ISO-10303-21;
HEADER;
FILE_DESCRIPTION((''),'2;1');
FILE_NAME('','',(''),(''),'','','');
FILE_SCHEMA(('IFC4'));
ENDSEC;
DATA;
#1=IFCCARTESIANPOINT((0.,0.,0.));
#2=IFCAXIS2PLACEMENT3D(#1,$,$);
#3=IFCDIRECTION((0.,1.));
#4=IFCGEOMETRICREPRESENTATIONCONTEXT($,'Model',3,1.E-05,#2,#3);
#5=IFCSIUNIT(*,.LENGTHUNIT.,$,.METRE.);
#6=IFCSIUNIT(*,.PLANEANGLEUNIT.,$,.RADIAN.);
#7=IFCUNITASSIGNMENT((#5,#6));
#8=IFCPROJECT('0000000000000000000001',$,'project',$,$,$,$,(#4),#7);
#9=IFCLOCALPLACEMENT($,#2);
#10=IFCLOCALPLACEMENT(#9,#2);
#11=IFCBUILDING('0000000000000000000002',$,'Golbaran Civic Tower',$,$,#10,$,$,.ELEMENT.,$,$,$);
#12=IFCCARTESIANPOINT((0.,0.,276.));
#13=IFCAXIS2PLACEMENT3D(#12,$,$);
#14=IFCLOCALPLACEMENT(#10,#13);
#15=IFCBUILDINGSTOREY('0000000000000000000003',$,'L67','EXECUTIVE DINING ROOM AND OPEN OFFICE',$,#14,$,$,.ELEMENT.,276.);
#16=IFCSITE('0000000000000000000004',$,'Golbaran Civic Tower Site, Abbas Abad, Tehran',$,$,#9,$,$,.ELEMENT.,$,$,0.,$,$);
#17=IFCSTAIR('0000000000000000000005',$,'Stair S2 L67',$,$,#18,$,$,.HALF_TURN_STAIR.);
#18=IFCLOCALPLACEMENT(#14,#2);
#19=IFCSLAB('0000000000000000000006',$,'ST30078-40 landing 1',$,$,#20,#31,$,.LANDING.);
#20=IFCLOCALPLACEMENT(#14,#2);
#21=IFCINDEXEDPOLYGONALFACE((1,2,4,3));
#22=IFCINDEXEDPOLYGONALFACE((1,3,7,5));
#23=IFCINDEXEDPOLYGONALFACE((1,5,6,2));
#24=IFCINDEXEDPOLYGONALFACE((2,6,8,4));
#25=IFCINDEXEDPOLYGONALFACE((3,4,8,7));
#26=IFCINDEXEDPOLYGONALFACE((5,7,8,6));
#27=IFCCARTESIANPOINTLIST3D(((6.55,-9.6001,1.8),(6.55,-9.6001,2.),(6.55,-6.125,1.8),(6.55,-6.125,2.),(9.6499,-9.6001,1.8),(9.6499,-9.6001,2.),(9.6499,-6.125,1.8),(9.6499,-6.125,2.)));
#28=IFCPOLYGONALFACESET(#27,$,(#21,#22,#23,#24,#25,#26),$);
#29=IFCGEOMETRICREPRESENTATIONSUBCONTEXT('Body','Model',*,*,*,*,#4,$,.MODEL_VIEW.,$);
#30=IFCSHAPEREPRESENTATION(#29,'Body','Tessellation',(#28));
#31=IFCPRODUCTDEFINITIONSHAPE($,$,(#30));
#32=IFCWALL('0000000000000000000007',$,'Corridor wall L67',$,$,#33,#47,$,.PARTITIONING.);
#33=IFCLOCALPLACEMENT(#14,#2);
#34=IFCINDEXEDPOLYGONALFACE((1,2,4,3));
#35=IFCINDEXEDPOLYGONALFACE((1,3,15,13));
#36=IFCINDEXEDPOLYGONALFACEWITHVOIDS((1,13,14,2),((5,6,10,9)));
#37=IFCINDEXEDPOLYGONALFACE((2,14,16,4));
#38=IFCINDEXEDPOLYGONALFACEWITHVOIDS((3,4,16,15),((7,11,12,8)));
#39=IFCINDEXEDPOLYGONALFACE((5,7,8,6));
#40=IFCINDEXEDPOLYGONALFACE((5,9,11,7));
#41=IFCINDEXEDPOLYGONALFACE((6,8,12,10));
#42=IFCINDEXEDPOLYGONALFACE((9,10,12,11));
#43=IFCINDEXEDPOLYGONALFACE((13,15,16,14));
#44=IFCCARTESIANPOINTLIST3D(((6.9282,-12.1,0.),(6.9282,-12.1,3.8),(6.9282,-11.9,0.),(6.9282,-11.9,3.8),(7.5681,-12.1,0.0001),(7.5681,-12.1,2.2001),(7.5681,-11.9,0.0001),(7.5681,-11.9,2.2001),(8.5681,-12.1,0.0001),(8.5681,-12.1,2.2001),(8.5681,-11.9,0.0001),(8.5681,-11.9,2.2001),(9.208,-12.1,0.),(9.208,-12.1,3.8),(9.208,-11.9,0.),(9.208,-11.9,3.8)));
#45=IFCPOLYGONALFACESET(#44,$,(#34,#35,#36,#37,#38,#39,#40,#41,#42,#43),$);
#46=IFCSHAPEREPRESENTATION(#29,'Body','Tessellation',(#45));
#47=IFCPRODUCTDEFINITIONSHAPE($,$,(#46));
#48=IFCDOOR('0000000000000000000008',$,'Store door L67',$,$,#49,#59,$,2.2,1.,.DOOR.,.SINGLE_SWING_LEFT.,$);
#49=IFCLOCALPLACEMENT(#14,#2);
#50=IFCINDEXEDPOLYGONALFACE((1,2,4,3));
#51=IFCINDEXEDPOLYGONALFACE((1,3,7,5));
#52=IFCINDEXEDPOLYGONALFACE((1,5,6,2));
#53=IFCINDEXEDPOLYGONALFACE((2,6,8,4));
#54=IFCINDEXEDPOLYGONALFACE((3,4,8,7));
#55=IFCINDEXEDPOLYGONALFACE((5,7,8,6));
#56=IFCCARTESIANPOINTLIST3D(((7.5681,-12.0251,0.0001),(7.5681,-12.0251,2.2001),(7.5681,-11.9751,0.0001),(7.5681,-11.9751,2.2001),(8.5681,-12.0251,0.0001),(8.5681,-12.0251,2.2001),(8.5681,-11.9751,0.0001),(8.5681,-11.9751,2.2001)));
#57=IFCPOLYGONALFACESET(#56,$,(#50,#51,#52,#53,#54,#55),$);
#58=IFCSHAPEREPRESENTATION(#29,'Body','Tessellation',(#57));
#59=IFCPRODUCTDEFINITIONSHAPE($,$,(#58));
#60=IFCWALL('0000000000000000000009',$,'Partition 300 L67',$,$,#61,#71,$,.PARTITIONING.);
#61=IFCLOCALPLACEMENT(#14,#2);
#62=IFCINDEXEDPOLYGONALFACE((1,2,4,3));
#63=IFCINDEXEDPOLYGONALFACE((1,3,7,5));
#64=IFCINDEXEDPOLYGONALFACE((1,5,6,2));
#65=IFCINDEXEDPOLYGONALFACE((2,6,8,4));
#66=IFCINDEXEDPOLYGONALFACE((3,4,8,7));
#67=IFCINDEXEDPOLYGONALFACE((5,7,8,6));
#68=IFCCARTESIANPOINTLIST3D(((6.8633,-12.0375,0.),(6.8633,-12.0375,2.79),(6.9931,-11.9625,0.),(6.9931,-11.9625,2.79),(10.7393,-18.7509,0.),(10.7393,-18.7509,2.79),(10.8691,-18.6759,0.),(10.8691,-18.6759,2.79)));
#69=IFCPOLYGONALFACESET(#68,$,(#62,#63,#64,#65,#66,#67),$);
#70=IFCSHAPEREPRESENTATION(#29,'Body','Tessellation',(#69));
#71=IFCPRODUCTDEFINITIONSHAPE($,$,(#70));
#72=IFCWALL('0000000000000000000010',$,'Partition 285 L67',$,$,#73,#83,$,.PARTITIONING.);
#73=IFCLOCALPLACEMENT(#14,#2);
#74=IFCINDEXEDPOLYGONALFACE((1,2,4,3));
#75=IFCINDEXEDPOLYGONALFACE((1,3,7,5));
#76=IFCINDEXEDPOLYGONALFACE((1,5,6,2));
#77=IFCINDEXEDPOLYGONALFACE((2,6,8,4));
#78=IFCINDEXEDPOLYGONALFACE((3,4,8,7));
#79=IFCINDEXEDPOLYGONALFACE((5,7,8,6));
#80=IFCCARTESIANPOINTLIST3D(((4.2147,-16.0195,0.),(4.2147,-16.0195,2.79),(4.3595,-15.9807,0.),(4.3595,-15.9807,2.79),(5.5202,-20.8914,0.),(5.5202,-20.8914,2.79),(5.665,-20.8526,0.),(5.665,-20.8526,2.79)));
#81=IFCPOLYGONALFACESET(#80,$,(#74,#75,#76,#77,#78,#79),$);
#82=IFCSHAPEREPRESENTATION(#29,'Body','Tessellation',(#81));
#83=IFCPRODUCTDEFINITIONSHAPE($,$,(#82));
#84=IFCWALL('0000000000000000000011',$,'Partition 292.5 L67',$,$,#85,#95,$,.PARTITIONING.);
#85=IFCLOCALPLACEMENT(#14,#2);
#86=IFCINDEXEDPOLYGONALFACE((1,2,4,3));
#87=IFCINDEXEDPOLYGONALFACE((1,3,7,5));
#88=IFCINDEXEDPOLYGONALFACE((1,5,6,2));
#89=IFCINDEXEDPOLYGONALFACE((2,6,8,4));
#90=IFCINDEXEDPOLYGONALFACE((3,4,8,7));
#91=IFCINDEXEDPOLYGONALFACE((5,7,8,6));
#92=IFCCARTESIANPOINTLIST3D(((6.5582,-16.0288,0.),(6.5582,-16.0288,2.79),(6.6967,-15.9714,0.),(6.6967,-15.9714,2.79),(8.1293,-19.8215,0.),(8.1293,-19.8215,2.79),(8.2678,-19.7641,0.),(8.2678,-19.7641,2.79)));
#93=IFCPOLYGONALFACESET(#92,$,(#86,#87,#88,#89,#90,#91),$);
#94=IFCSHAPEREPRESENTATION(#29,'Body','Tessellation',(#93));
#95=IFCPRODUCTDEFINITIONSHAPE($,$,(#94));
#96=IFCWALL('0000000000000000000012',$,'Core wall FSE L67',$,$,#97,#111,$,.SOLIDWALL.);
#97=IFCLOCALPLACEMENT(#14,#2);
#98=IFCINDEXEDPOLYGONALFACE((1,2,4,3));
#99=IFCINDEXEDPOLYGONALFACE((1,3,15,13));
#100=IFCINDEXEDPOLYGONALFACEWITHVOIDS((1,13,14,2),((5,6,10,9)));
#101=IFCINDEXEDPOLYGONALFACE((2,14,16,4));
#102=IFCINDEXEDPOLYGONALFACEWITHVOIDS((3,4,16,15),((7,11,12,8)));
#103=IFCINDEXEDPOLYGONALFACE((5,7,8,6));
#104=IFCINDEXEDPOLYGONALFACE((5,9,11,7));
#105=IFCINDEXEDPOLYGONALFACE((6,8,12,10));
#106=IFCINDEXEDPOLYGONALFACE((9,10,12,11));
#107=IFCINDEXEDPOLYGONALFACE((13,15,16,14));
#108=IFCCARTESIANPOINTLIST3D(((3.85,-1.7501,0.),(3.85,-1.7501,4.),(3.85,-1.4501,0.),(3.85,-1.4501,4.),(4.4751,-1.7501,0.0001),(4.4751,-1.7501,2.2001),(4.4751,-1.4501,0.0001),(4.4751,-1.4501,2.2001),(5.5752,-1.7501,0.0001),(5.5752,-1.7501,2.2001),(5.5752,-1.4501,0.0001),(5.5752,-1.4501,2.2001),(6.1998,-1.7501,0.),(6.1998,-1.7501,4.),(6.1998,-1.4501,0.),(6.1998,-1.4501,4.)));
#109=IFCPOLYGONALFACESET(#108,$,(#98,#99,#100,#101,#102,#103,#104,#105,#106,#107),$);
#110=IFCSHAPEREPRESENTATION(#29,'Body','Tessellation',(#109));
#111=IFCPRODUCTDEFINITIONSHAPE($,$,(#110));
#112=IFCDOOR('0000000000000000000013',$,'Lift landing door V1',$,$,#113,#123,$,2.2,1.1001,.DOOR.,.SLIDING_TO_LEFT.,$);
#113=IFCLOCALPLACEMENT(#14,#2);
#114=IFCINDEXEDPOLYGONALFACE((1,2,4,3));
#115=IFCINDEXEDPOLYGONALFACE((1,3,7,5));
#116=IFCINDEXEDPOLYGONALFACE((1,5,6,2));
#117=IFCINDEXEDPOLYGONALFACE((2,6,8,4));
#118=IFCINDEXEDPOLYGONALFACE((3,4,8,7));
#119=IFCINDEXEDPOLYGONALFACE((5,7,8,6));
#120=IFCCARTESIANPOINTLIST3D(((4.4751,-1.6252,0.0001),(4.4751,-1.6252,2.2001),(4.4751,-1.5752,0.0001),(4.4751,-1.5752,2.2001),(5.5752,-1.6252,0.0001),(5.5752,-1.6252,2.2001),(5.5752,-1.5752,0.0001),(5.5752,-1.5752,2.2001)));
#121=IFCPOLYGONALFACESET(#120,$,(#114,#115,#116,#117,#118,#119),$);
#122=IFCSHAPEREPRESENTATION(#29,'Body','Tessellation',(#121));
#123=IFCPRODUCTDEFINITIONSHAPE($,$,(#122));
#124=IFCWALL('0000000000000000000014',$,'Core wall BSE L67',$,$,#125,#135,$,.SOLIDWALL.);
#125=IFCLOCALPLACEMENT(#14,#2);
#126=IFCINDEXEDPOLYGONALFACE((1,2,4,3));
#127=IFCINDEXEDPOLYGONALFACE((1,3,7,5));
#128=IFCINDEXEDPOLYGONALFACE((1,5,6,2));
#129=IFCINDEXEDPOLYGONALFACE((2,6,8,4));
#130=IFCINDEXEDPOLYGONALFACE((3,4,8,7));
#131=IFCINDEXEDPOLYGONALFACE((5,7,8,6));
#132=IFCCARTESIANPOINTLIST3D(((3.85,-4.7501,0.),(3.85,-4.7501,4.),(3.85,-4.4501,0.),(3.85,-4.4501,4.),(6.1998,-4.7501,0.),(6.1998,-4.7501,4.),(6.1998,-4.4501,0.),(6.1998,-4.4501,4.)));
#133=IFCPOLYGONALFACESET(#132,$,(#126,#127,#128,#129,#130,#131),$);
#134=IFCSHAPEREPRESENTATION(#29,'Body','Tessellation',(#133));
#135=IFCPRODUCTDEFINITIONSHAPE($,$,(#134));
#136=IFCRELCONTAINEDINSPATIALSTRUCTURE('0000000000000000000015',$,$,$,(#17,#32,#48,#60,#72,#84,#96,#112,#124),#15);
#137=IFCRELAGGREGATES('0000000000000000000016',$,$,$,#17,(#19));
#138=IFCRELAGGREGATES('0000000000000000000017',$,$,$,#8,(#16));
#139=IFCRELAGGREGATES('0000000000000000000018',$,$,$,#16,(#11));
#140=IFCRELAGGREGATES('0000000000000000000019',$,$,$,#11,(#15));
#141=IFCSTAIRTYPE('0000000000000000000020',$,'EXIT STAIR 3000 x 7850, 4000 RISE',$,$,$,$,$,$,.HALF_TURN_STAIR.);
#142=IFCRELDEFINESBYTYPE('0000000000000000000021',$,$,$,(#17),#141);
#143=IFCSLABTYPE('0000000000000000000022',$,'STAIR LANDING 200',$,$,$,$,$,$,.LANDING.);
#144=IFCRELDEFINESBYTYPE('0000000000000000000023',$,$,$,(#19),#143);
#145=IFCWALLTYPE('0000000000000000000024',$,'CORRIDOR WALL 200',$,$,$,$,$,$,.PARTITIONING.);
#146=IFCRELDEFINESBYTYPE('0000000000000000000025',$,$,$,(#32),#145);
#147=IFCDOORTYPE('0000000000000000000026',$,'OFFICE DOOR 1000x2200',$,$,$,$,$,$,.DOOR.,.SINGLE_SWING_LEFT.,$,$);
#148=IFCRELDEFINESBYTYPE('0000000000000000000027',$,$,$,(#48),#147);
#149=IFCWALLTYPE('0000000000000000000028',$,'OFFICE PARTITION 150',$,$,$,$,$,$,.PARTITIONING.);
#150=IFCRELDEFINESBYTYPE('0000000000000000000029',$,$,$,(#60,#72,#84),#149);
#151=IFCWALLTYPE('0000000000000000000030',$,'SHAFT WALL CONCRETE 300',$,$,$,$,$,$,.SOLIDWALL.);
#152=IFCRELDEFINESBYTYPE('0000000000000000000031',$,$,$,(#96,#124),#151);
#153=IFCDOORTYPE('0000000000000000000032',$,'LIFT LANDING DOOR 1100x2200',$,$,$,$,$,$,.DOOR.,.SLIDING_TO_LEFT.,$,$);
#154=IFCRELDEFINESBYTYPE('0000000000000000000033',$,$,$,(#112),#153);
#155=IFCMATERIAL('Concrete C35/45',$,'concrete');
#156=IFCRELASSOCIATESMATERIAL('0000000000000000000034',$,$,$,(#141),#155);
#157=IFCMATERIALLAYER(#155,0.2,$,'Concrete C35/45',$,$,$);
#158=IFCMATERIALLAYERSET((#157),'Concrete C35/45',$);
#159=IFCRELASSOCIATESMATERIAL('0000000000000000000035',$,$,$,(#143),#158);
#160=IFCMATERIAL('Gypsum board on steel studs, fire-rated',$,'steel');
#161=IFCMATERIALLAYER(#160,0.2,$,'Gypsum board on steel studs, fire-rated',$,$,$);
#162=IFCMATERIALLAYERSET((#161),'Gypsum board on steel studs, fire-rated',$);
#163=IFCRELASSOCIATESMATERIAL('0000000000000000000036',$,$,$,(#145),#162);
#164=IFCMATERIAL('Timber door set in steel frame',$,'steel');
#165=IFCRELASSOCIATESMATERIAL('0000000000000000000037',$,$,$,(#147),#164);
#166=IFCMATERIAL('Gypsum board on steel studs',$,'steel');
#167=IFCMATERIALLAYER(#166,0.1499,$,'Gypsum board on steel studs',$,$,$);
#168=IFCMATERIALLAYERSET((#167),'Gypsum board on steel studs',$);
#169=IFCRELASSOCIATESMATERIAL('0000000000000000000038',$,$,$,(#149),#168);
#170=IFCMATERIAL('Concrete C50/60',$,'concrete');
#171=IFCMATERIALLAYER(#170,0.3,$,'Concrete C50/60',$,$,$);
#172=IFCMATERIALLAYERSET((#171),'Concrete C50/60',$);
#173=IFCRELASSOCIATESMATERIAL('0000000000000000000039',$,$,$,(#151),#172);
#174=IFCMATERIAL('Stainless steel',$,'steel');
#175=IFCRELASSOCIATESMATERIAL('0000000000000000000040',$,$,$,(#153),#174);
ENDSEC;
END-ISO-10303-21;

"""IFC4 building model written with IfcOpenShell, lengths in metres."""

from ifc_helpers import new_model, si_unit, direction, frame, frame_2d, origin, place, context, subcontext, project, spatial, polyline, rectangle, outline, extrude, material, layer, layer_set, type_object, element, fill, aggregate, save


model = new_model("IFC4")

# Units and contexts
model_context = context("Model", 3, precision=1e-05, world=origin(), true_north=direction((0.0, 1.0)))
body_context = subcontext(model_context, "Body", "Model", "MODEL_VIEW")
ifc_project = project(units=[si_unit("LENGTHUNIT", "METRE"), si_unit("PLANEANGLEUNIT", "RADIAN")], contexts=[model_context])

# Site, building, storey
site_placement = place(None, origin())
site = spatial("IfcSite", under=ifc_project, at=site_placement, Name="Golbaran Civic Tower Site, Abbas Abad, Tehran", CompositionType="ELEMENT", RefElevation=0.0)
building_placement = place(site_placement, origin())
building = spatial("IfcBuilding", under=site, at=building_placement, Name="Golbaran Civic Tower", CompositionType="ELEMENT")
storey_placement = place(building_placement, frame((0.0, 0.0, 276.0)))
storey = spatial("IfcBuildingStorey", under=building, at=storey_placement, Name="L67", Description="EXECUTIVE DINING ROOM AND OPEN OFFICE", CompositionType="ELEMENT", Elevation=276.0)

# Stair, slab
ifc_material_1 = material(Name="Concrete C35/45", Category="concrete")
stair_type = type_object("IfcStairType", Name="EXIT STAIR 3000 x 7850, 4000 RISE", PredefinedType="HALF_TURN_STAIR", material=ifc_material_1)
stair_placement = place(storey_placement, origin())
stair = element("IfcStair", 1, at=stair_placement, inside=storey, type_object=stair_type, Name="Stair S2 L67", PredefinedType="HALF_TURN_STAIR")
ifc_layer_1 = layer(ifc_material_1, 0.2, Name="Concrete C35/45")
ifc_layer_set_1 = layer_set([ifc_layer_1], Name="Concrete C35/45")
slab_type = type_object("IfcSlabType", Name="STAIR LANDING 200", PredefinedType="LANDING", material=ifc_layer_set_1)
slab_placement = place(storey_placement, frame((0.0, 0.0, 1.8)))
slab = element("IfcSlab", 2, at=slab_placement, type_object=slab_type, Name="ST30078-40 landing 1", PredefinedType="LANDING", context=body_context, shape_type="SweptSolid", body=[
    extrude(outline(polyline([(9.6499, -6.125), (9.6499, -9.6001), (6.55, -9.6001), (6.55, -6.125), (9.6499, -6.125)])), origin(), (0.0, 0.0, 1.0), 0.2),
])

# Wall, opening, door
ifc_material_2 = material(Name="Gypsum board on steel studs, fire-rated", Category="steel")
ifc_layer_2 = layer(ifc_material_2, 0.2, Name="Gypsum board on steel studs, fire-rated")
ifc_layer_set_2 = layer_set([ifc_layer_2], Name="Gypsum board on steel studs, fire-rated")
wall_type_1 = type_object("IfcWallType", Name="CORRIDOR WALL 200", PredefinedType="PARTITIONING", material=ifc_layer_set_2)
wall_1_placement = place(storey_placement, frame((6.9282, -12.0, 0.0), z_axis=(0.0, 0.0, 1.0), x_axis=(1.0, 0.0, 0.0)))
wall_1 = element("IfcWall", 3, at=wall_1_placement, inside=storey, type_object=wall_type_1, Name="Corridor wall L67", PredefinedType="PARTITIONING", context=body_context, shape_type="SweptSolid", body=[
    extrude(rectangle(XDim=2.2798, YDim=0.2, at=frame_2d((1.1399, 0.0))), origin(), (0.0, 0.0, 1.0), 3.8),
])
opening_1_placement = place(wall_1_placement, frame((0.6399, 0.0, 0.0)))
opening_1 = element("IfcOpeningElement", 4, at=opening_1_placement, cuts=wall_1, PredefinedType="OPENING", context=body_context, shape_type="SweptSolid", body=[
    extrude(rectangle(XDim=1.0, YDim=2.2, at=frame_2d((0.5, 1.1001))), frame((0.0, 0.1099, 0.0), z_axis=(0.0, -1.0, 0.0), x_axis=(1.0, 0.0, 0.0)), (0.0, 0.0, 1.0), 0.22),
])
ifc_material_3 = material(Name="Timber door set in steel frame", Category="steel")
door_type_1 = type_object("IfcDoorType", Name="OFFICE DOOR 1000x2200", OperationType="SINGLE_SWING_LEFT", PredefinedType="DOOR", material=ifc_material_3)
door_1_placement = place(opening_1_placement, origin())
door_1 = element("IfcDoor", 5, at=door_1_placement, inside=storey, type_object=door_type_1, Name="Store door L67", OperationType="SINGLE_SWING_LEFT", OverallHeight=2.2, OverallWidth=1.0, PredefinedType="DOOR", context=body_context, shape_type="SweptSolid", body=[
    extrude(rectangle(XDim=1.0, YDim=2.2, at=frame_2d((0.5, 1.1001))), frame((0.0, 0.0249, 0.0), z_axis=(0.0, -1.0, 0.0), x_axis=(1.0, 0.0, 0.0)), (0.0, 0.0, 1.0), 0.05),
])
fill(opening_1, door_1)

# Walls
ifc_material_4 = material(Name="Gypsum board on steel studs", Category="steel")
ifc_layer_3 = layer(ifc_material_4, 0.1499, Name="Gypsum board on steel studs")
ifc_layer_set_3 = layer_set([ifc_layer_3], Name="Gypsum board on steel studs")
wall_type_2 = type_object("IfcWallType", Name="OFFICE PARTITION 150", PredefinedType="PARTITIONING", material=ifc_layer_set_3)
wall_2_placement = place(storey_placement, frame((6.9282, -12.0, 0.0), z_axis=(0.0, 0.0, 1.0), x_axis=(0.500001, -0.866025, 0.0)))
element("IfcWall", 6, at=wall_2_placement, inside=storey, type_object=wall_type_2, Name="Partition 300 L67", PredefinedType="PARTITIONING", context=body_context, shape_type="SweptSolid", body=[
    extrude(rectangle(XDim=7.752, YDim=0.1499, at=frame_2d((3.876, 0.0))), origin(), (0.0, 0.0, 1.0), 2.79),
])
wall_3_placement = place(storey_placement, frame((4.2871, -16.0, 0.0), z_axis=(0.0, 0.0, 1.0), x_axis=(0.258822, -0.965925, 0.0)))
element("IfcWall", 7, at=wall_3_placement, inside=storey, type_object=wall_type_2, Name="Partition 285 L67", PredefinedType="PARTITIONING", context=body_context, shape_type="SweptSolid", body=[
    extrude(rectangle(XDim=5.0437, YDim=0.1499, at=frame_2d((2.522, 0.0))), origin(), (0.0, 0.0, 1.0), 2.79),
])
wall_4_placement = place(storey_placement, frame((6.6274, -16.0, 0.0), z_axis=(0.0, 0.0, 1.0), x_axis=(0.382693, -0.923875, 0.0)))
element("IfcWall", 8, at=wall_4_placement, inside=storey, type_object=wall_type_2, Name="Partition 292.5 L67", PredefinedType="PARTITIONING", context=body_context, shape_type="SweptSolid", body=[
    extrude(rectangle(XDim=4.1052, YDim=0.1499, at=frame_2d((2.0527, 0.0))), origin(), (0.0, 0.0, 1.0), 2.79),
])

# Wall, opening, door
ifc_material_5 = material(Name="Concrete C50/60", Category="concrete")
ifc_layer_4 = layer(ifc_material_5, 0.3, Name="Concrete C50/60")
ifc_layer_set_4 = layer_set([ifc_layer_4], Name="Concrete C50/60")
wall_type_3 = type_object("IfcWallType", Name="SHAFT WALL CONCRETE 300", PredefinedType="SOLIDWALL", material=ifc_layer_set_4)
wall_5_placement = place(storey_placement, frame((3.8501, -1.6001, 0.0), z_axis=(0.0, 0.0, 1.0), x_axis=(1.0, 0.0, 0.0)))
wall_5 = element("IfcWall", 9, at=wall_5_placement, inside=storey, type_object=wall_type_3, Name="Core wall FSE L67", PredefinedType="SOLIDWALL", context=body_context, shape_type="SweptSolid", body=[
    extrude(rectangle(XDim=2.3499, YDim=0.3, at=frame_2d((1.1748, 0.0))), origin(), (0.0, 0.0, 1.0), 4.0),
])
opening_2_placement = place(wall_5_placement, frame((0.625, 0.0, 0.0)))
opening_2 = element("IfcOpeningElement", 10, at=opening_2_placement, cuts=wall_5, PredefinedType="OPENING", context=body_context, shape_type="SweptSolid", body=[
    extrude(rectangle(XDim=1.1001, YDim=2.2, at=frame_2d((0.55, 1.1001))), frame((0.0, 0.1599, 0.0), z_axis=(0.0, -1.0, 0.0), x_axis=(1.0, 0.0, 0.0)), (0.0, 0.0, 1.0), 0.3201),
])
ifc_material_6 = material(Name="Stainless steel", Category="steel")
door_type_2 = type_object("IfcDoorType", Name="LIFT LANDING DOOR 1100x2200", OperationType="SLIDING_TO_LEFT", PredefinedType="DOOR", material=ifc_material_6)
door_2_placement = place(opening_2_placement, origin())
door_2 = element("IfcDoor", 11, at=door_2_placement, inside=storey, type_object=door_type_2, Name="Lift landing door V1", OperationType="SLIDING_TO_LEFT", OverallHeight=2.2, OverallWidth=1.1001, PredefinedType="DOOR", context=body_context, shape_type="SweptSolid", body=[
    extrude(rectangle(XDim=1.1001, YDim=2.2, at=frame_2d((0.55, 1.1001))), frame((0.0, 0.0249, 0.0), z_axis=(0.0, -1.0, 0.0), x_axis=(1.0, 0.0, 0.0)), (0.0, 0.0, 1.0), 0.05),
])
fill(opening_2, door_2)

# Wall
wall_6_placement = place(storey_placement, frame((3.8501, -4.6001, 0.0), z_axis=(0.0, 0.0, 1.0), x_axis=(1.0, 0.0, 0.0)))
element("IfcWall", 12, at=wall_6_placement, inside=storey, type_object=wall_type_3, Name="Core wall BSE L67", PredefinedType="SOLIDWALL", context=body_context, shape_type="SweptSolid", body=[
    extrude(rectangle(XDim=2.3499, YDim=0.3, at=frame_2d((1.1748, 0.0))), origin(), (0.0, 0.0, 1.0), 4.0),
])

aggregate(stair, [slab])

save(model, "model.ifc")
